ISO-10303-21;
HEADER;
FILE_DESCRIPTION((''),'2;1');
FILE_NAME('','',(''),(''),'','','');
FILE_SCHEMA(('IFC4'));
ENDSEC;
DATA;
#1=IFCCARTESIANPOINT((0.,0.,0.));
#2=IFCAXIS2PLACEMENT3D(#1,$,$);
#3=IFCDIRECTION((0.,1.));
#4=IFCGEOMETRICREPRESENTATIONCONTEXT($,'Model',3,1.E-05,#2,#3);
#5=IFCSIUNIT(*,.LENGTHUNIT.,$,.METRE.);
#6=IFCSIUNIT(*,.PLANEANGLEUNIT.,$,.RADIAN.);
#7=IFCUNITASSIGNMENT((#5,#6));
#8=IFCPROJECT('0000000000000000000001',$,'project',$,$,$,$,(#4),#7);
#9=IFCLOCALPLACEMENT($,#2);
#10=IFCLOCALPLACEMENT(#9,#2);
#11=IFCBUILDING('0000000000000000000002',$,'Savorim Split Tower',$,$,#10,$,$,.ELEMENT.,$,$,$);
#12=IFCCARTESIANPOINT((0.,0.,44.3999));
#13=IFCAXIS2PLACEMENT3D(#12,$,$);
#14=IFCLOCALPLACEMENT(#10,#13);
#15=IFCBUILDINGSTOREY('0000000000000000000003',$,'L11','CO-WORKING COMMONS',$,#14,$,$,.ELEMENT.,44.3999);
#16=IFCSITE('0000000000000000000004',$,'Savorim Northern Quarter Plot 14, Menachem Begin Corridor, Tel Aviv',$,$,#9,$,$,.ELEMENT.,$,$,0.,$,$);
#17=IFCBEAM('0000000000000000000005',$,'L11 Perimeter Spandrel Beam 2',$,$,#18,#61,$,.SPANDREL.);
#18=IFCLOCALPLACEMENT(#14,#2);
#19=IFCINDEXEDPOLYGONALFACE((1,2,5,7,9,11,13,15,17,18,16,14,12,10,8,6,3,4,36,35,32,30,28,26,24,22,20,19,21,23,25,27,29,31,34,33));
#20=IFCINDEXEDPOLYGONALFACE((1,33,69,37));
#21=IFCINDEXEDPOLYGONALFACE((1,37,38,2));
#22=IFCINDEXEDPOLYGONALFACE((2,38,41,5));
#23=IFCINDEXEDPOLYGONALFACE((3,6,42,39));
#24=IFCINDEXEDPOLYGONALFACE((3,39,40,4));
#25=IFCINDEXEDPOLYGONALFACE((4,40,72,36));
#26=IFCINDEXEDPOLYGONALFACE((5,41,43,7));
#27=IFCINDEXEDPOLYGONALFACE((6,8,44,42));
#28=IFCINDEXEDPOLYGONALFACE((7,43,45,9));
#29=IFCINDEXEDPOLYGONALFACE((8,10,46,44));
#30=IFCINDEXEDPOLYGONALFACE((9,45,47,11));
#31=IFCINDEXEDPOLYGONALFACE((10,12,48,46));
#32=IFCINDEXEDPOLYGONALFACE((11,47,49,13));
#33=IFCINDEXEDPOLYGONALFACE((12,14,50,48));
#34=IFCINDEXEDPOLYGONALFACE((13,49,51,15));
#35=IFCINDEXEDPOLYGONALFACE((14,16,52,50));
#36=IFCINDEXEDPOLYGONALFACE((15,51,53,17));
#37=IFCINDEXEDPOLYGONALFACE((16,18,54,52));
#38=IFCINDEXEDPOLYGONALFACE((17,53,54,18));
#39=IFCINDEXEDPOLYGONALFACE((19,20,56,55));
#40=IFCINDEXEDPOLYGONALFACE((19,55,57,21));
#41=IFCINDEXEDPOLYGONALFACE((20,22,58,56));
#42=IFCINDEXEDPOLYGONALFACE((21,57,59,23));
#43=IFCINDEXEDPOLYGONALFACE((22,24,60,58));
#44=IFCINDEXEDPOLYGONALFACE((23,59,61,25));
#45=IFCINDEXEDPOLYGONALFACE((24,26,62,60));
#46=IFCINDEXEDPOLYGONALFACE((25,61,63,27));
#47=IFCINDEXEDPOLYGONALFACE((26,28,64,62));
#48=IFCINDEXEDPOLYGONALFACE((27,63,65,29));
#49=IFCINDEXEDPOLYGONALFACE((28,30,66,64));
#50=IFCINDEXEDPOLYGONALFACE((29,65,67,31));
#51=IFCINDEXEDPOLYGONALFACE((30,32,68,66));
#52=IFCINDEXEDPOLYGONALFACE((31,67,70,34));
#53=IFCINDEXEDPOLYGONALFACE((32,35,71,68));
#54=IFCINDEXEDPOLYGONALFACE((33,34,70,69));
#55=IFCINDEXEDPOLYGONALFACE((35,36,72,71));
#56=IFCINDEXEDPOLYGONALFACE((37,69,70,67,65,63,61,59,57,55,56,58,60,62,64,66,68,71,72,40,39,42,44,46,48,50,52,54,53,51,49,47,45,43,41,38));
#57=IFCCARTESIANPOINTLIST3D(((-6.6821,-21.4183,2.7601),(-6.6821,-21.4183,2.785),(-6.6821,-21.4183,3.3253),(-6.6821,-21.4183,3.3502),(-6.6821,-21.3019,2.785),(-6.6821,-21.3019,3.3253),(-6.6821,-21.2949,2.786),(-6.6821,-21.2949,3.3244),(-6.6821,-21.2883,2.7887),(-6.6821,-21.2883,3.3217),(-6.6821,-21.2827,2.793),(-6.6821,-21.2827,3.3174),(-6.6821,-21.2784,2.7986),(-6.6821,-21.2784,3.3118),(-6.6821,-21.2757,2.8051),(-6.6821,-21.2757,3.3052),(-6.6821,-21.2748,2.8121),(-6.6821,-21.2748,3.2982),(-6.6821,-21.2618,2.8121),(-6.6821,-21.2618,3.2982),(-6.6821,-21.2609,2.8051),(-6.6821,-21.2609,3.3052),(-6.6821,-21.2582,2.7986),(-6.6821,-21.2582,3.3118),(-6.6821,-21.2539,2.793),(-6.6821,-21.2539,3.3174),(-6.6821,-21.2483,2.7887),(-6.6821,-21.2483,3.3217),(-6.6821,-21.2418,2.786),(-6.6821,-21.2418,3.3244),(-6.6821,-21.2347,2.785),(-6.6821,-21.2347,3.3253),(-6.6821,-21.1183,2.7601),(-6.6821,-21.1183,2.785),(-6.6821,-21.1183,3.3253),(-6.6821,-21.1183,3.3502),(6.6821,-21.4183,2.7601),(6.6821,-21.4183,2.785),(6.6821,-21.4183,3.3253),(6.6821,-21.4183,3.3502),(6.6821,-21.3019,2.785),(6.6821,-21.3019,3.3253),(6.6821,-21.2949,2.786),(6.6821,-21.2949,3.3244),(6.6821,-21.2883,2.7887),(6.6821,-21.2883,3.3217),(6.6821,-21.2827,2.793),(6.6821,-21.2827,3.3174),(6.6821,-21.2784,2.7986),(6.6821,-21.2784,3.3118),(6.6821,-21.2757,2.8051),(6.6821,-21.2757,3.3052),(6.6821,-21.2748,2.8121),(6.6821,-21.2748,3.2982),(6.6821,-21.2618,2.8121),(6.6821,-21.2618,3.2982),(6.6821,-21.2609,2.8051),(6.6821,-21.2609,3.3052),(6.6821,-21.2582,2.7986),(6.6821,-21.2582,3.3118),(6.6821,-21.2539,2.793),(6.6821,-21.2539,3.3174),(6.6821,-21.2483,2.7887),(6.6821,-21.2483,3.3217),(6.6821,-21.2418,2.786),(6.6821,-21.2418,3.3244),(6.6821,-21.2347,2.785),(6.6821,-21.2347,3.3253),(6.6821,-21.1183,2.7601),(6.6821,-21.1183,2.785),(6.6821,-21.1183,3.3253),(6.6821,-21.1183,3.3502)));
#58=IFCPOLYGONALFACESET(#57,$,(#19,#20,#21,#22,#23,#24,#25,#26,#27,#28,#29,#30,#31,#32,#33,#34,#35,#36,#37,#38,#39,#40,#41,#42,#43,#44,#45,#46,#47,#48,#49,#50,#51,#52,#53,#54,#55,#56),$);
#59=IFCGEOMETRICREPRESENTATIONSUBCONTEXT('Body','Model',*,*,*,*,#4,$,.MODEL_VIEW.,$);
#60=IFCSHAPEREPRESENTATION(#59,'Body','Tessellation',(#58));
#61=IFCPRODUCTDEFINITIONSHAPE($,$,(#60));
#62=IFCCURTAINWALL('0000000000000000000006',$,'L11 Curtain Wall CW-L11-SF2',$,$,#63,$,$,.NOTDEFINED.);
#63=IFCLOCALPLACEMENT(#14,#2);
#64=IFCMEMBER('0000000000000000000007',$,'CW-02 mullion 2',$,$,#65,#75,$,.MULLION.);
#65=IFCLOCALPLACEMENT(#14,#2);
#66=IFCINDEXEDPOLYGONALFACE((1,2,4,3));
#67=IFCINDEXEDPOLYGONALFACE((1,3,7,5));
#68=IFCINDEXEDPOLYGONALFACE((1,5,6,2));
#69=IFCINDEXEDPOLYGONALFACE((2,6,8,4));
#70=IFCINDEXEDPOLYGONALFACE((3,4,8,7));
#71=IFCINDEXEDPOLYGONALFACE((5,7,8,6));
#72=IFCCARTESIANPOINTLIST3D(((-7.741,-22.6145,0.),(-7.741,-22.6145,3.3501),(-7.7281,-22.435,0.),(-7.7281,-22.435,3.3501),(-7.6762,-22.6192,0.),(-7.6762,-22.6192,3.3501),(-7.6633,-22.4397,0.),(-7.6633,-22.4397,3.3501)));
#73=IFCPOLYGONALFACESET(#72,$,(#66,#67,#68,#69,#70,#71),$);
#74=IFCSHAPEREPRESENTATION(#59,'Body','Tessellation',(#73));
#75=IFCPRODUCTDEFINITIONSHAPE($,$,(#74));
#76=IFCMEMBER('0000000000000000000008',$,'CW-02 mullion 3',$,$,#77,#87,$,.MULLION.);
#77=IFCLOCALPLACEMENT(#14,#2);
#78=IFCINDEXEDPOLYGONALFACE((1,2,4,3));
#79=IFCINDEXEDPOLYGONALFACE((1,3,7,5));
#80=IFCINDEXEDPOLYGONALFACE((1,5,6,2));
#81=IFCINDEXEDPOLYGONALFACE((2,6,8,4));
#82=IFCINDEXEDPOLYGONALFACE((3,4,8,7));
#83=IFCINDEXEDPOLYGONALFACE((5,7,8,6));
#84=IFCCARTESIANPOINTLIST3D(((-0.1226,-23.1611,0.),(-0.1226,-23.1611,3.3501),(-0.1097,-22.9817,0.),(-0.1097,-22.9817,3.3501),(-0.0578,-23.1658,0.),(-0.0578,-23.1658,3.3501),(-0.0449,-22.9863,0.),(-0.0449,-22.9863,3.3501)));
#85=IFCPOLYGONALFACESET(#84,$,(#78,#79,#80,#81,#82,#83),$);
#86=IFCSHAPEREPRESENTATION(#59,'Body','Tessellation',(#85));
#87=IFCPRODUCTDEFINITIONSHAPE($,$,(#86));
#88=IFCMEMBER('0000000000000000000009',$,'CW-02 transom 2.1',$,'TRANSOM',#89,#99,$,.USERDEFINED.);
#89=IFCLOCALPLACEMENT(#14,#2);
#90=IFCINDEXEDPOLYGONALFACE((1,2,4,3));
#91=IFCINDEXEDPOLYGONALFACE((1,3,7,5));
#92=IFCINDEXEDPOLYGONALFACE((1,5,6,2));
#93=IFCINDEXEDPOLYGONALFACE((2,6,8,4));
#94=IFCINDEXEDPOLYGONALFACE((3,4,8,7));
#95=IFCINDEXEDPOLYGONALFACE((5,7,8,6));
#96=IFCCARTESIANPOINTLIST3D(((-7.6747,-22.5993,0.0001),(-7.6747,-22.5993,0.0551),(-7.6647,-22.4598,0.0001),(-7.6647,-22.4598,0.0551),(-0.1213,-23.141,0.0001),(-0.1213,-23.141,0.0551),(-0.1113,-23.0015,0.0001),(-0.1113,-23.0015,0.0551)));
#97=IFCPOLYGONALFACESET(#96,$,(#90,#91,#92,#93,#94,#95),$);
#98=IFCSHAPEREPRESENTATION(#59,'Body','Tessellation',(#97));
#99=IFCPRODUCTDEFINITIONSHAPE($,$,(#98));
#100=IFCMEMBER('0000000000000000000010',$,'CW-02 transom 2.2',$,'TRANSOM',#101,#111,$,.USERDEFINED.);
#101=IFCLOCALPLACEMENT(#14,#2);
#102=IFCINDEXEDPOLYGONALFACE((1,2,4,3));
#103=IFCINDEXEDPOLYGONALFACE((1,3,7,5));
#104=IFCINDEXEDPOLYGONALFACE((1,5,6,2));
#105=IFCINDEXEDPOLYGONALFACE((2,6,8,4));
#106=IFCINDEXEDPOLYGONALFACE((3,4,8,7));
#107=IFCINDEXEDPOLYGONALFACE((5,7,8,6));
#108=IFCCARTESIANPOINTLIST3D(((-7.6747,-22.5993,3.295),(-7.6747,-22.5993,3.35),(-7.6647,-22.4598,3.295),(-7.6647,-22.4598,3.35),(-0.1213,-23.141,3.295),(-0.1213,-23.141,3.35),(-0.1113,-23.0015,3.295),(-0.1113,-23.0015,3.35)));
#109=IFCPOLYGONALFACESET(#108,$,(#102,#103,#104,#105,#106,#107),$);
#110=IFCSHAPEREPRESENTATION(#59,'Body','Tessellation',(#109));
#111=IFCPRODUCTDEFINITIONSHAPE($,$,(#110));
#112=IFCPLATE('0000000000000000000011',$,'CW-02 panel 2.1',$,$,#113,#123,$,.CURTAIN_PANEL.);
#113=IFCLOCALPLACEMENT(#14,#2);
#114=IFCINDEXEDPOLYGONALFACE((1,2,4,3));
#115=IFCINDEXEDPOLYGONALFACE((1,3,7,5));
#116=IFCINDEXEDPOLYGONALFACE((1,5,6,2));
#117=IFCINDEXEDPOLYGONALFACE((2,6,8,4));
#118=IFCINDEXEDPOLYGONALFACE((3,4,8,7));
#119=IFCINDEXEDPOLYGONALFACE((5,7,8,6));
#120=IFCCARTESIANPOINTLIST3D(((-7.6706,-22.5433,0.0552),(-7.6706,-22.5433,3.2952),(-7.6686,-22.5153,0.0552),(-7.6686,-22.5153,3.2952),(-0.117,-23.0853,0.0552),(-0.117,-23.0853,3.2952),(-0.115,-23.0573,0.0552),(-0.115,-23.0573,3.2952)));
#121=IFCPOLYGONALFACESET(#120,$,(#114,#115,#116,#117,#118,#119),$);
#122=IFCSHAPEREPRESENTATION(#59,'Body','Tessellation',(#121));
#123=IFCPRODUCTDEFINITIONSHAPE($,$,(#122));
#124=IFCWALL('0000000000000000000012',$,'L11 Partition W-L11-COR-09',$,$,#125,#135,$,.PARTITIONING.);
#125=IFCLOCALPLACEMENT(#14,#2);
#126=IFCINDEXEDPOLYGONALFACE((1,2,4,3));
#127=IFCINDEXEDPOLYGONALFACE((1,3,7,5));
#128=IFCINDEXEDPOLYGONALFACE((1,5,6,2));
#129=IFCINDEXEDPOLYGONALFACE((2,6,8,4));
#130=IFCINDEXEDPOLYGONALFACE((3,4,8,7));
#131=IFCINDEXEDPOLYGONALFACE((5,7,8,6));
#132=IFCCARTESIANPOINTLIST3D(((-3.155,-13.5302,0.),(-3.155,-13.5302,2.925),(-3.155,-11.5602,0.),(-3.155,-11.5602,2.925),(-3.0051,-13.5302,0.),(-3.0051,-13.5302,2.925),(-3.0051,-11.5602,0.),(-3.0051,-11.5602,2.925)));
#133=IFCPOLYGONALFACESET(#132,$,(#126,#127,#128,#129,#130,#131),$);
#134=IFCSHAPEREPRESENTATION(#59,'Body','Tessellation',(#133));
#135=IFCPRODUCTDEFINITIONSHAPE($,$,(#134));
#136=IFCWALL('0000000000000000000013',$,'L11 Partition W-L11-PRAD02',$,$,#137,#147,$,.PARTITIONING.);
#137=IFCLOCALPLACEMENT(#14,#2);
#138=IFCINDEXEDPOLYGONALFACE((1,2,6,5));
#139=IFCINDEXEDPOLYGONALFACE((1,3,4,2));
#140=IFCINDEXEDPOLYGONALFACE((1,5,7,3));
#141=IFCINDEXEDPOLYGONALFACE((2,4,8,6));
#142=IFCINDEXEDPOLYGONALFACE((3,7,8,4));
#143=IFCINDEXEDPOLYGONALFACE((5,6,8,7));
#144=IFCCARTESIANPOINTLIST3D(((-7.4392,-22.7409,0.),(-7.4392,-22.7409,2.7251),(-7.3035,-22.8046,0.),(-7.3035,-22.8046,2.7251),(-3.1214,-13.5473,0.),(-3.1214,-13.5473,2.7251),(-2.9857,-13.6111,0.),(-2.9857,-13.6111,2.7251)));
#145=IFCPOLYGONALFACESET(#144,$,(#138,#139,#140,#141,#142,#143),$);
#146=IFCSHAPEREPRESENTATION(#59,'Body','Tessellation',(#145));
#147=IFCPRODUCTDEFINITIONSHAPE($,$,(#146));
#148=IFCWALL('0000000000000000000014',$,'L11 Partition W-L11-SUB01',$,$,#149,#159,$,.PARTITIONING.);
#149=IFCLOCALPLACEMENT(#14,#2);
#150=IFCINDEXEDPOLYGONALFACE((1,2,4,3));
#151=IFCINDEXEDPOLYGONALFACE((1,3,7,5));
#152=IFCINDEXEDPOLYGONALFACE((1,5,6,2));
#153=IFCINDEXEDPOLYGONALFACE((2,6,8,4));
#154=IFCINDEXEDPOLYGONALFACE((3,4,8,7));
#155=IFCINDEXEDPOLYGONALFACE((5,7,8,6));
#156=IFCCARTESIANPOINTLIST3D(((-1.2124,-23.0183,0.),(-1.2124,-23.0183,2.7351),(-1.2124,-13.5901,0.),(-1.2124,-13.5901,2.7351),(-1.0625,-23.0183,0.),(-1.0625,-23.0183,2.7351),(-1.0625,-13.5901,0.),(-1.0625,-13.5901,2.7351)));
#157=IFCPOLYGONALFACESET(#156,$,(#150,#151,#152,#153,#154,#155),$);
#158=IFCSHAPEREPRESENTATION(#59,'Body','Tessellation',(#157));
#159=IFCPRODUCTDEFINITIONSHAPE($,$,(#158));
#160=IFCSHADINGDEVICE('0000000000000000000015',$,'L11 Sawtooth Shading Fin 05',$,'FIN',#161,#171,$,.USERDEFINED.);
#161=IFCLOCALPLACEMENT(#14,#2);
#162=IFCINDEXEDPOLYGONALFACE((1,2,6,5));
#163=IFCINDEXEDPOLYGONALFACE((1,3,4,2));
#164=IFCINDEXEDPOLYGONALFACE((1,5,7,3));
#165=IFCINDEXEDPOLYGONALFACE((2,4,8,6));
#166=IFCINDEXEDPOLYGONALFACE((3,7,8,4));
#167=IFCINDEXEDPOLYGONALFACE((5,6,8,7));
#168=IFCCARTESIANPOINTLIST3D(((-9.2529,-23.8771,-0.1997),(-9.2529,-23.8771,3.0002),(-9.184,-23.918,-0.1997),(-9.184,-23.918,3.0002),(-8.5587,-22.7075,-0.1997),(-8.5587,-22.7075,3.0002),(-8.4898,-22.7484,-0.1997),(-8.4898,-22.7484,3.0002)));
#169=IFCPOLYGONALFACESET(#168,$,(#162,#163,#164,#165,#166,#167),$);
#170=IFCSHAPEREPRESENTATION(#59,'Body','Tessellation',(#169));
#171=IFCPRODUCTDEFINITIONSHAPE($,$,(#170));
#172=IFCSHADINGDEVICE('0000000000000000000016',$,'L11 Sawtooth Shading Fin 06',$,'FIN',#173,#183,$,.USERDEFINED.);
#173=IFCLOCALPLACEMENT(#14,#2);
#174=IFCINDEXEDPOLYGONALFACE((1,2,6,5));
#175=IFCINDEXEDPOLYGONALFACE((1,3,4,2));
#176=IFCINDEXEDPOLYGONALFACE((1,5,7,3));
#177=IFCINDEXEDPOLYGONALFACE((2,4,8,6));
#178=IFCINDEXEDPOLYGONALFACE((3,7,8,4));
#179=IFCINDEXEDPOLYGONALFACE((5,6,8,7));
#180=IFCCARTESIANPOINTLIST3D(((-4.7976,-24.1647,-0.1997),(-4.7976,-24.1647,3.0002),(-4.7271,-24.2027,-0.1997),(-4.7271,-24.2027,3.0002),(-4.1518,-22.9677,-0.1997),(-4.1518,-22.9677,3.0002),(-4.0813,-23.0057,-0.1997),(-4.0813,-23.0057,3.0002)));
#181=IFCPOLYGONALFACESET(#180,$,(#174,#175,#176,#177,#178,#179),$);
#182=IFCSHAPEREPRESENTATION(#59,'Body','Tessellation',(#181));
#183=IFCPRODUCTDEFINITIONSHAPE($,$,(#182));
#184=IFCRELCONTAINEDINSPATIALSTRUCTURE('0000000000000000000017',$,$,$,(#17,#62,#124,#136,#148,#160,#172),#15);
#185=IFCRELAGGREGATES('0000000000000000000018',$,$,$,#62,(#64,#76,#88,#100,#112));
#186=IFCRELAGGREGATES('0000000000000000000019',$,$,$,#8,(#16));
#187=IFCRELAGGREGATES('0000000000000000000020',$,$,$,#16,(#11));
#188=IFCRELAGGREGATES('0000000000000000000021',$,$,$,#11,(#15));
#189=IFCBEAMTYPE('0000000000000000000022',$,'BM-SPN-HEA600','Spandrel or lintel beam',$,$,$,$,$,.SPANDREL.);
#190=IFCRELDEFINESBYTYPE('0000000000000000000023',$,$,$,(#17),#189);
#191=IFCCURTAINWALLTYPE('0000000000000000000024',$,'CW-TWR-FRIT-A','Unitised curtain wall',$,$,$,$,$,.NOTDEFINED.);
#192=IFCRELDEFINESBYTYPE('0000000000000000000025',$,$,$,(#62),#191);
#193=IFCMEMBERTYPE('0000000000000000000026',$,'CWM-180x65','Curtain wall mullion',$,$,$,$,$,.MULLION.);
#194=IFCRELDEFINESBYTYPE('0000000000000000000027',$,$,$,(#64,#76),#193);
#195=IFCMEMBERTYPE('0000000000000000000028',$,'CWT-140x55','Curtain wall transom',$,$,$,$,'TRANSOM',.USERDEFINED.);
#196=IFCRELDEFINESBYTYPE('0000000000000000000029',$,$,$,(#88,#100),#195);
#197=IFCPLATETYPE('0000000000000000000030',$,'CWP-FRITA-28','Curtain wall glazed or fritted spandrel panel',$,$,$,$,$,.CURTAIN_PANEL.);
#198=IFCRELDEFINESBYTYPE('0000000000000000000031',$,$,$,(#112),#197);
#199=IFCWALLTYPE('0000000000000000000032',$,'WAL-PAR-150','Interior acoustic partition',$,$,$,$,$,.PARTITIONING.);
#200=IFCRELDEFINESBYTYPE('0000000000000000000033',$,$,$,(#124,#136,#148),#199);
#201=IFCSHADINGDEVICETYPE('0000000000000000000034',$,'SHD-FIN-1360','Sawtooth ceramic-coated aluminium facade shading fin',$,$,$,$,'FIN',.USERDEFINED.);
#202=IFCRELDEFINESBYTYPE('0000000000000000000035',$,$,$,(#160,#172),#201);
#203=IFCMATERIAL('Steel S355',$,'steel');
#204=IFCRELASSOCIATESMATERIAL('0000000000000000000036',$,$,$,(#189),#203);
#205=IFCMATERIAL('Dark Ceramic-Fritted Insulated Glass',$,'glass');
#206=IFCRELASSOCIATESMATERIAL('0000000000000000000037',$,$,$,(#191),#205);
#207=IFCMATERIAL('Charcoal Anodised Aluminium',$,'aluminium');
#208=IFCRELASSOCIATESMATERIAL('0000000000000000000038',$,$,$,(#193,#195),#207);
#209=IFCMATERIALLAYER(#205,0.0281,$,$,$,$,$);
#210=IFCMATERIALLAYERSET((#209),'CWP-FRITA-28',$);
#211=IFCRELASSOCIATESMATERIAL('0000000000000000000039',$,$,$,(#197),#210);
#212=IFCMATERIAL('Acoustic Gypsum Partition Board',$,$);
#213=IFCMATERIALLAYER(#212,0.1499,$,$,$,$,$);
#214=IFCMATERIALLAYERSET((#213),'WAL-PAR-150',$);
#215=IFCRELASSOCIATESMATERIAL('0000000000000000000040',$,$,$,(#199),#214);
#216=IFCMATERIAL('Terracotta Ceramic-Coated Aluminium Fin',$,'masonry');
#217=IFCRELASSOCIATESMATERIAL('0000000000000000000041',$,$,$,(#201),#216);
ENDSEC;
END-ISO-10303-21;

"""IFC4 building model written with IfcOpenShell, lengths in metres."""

from ifc_helpers import new_model, si_unit, direction, frame, frame_2d, origin, origin_2d, place, context, subcontext, project, spatial, rectangle, i_section, extrude, material, layer, layer_set, material_profile, profile_set, type_object, element, aggregate, save


model = new_model("IFC4")

# Units and contexts
model_context = context("Model", 3, precision=1e-05, world=origin(), true_north=direction((0.0, 1.0)))
body_context = subcontext(model_context, "Body", "Model", "MODEL_VIEW")
ifc_project = project(units=[si_unit("LENGTHUNIT", "METRE"), si_unit("PLANEANGLEUNIT", "RADIAN")], contexts=[model_context])

# Site, building, storey
site_placement = place(None, origin())
site = spatial("IfcSite", under=ifc_project, at=site_placement, Name="Savorim Northern Quarter Plot 14, Menachem Begin Corridor, Tel Aviv", CompositionType="ELEMENT", RefElevation=0.0)
building_placement = place(site_placement, origin())
building = spatial("IfcBuilding", under=site, at=building_placement, Name="Savorim Split Tower", CompositionType="ELEMENT")
storey_placement = place(building_placement, frame((0.0, 0.0, 44.3999)))
storey = spatial("IfcBuildingStorey", under=building, at=storey_placement, Name="L11", Description="CO-WORKING COMMONS", CompositionType="ELEMENT", Elevation=44.3999)

# Beam
ifc_material_1 = material(Name="Steel S355", Category="steel")
ifc_material_profile_1 = material_profile(ifc_material_1, i_section(OverallWidth=0.3, OverallDepth=0.5901, WebThickness=0.0129, FlangeThickness=0.0249, FilletRadius=0.0271, at=origin_2d()), Name="HEA 600")
ifc_profile_set_1 = profile_set([ifc_material_profile_1], Name="Steel S355")
beam_type_1 = type_object("IfcBeamType", Name="BM-SPN-HEA600", Description="Spandrel or lintel beam", PredefinedType="SPANDREL", material=ifc_profile_set_1)
beam_1_placement = place(storey_placement, frame((-6.6821, -21.2683, 3.0552), z_axis=(1.0, 0.0, 0.0), x_axis=(0.0, 1.0, 0.0)))
element("IfcBeam", 1, at=beam_1_placement, inside=storey, type_object=beam_type_1, Name="L11 Perimeter Spandrel Beam 2", PredefinedType="SPANDREL", context=body_context, shape_type="SweptSolid", body=[
    extrude(i_section(OverallWidth=0.3, OverallDepth=0.5901, WebThickness=0.0129, FlangeThickness=0.0249, FilletRadius=0.0271, at=origin_2d()), origin(), (0.0, 0.0, 1.0), 13.3643),
])

# Curtain wall, members, plate
ifc_material_2 = material(Name="Dark Ceramic-Fritted Insulated Glass", Category="glass")
curtain_wall_type = type_object("IfcCurtainWallType", Name="CW-TWR-FRIT-A", Description="Unitised curtain wall", PredefinedType="NOTDEFINED", material=ifc_material_2)
curtain_wall_placement = place(storey_placement, origin())
curtain_wall = element("IfcCurtainWall", 2, at=curtain_wall_placement, inside=storey, type_object=curtain_wall_type, Name="L11 Curtain Wall CW-L11-SF2", PredefinedType="NOTDEFINED")
ifc_material_3 = material(Name="Charcoal Anodised Aluminium", Category="aluminium")
ifc_material_profile_2 = material_profile(ifc_material_3, rectangle(XDim=0.1799, YDim=0.0649, at=origin_2d()), Name="ALU-M 180x65")
ifc_profile_set_2 = profile_set([ifc_material_profile_2], Name="Charcoal Anodised Aluminium")
member_type_1 = type_object("IfcMemberType", Name="CWM-180x65", Description="Curtain wall mullion", PredefinedType="MULLION", material=ifc_profile_set_2)
member_1_placement = place(storey_placement, frame((-7.7021, -22.5271, 0.0), z_axis=(0.0, 0.0, 1.0), x_axis=(0.07156, 0.997436, 0.0)))
member_1 = element("IfcMember", 3, at=member_1_placement, type_object=member_type_1, Name="CW-02 mullion 2", PredefinedType="MULLION", context=body_context, shape_type="SweptSolid", body=[
    extrude(rectangle(XDim=0.1799, YDim=0.0649, at=origin_2d()), origin(), (0.0, 0.0, 1.0), 3.3501),
])
member_2_placement = place(storey_placement, frame((-0.0837, -23.0737, 0.0), z_axis=(0.0, 0.0, 1.0), x_axis=(0.07156, 0.997436, 0.0)))
member_2 = element("IfcMember", 4, at=member_2_placement, type_object=member_type_1, Name="CW-02 mullion 3", PredefinedType="MULLION", context=body_context, shape_type="SweptSolid", body=[
    extrude(rectangle(XDim=0.1799, YDim=0.0649, at=origin_2d()), origin(), (0.0, 0.0, 1.0), 3.3501),
])
ifc_material_profile_3 = material_profile(ifc_material_3, rectangle(XDim=0.1399, YDim=0.0549, at=origin_2d()), Name="ALU-T 140x55")
ifc_profile_set_3 = profile_set([ifc_material_profile_3], Name="Charcoal Anodised Aluminium")
member_type_2 = type_object("IfcMemberType", Name="CWT-140x55", Description="Curtain wall transom", ElementType="TRANSOM", PredefinedType="USERDEFINED", material=ifc_profile_set_3)
member_3_placement = place(storey_placement, frame((-7.6697, -22.5295, 0.0276), z_axis=(0.997438, -0.071538, 0.0), x_axis=(0.071538, 0.997438, 0.0)))
member_3 = element("IfcMember", 5, at=member_3_placement, type_object=member_type_2, Name="CW-02 transom 2.1", ObjectType="TRANSOM", PredefinedType="USERDEFINED", context=body_context, shape_type="SweptSolid", body=[
    extrude(rectangle(XDim=0.1399, YDim=0.0549, at=origin_2d()), origin(), (0.0, 0.0, 1.0), 7.5728),
])
member_4_placement = place(storey_placement, frame((-7.6697, -22.5295, 3.3225), z_axis=(0.997438, -0.071538, 0.0), x_axis=(0.071538, 0.997438, 0.0)))
member_4 = element("IfcMember", 6, at=member_4_placement, type_object=member_type_2, Name="CW-02 transom 2.2", ObjectType="TRANSOM", PredefinedType="USERDEFINED", context=body_context, shape_type="SweptSolid", body=[
    extrude(rectangle(XDim=0.1399, YDim=0.0549, at=origin_2d()), origin(), (0.0, 0.0, 1.0), 7.5728),
])
ifc_layer_1 = layer(ifc_material_2, 0.0281)
ifc_layer_set_1 = layer_set([ifc_layer_1], Name="CWP-FRITA-28")
plate_type = type_object("IfcPlateType", Name="CWP-FRITA-28", Description="Curtain wall glazed or fritted spandrel panel", PredefinedType="CURTAIN_PANEL", material=ifc_layer_set_1)
plate_placement = place(storey_placement, frame((-3.8928, -22.8003, 0.0552), z_axis=(0.0, 0.0, 1.0), x_axis=(0.997436, -0.07156, 0.0)))
plate = element("IfcPlate", 7, at=plate_placement, type_object=plate_type, Name="CW-02 panel 2.1", PredefinedType="CURTAIN_PANEL", context=body_context, shape_type="SweptSolid", body=[
    extrude(rectangle(XDim=7.573, YDim=0.0281, at=origin_2d()), origin(), (0.0, 0.0, 1.0), 3.24),
])
aggregate(curtain_wall, [member_1, member_2, member_3, member_4, plate])

# Walls
ifc_material_4 = material(Name="Acoustic Gypsum Partition Board")
ifc_layer_2 = layer(ifc_material_4, 0.1499)
ifc_layer_set_2 = layer_set([ifc_layer_2], Name="WAL-PAR-150")
wall_type = type_object("IfcWallType", Name="WAL-PAR-150", Description="Interior acoustic partition", PredefinedType="PARTITIONING", material=ifc_layer_set_2)
wall_1_placement = place(storey_placement, frame((-3.0801, -13.53, 0.0), z_axis=(0.0, 0.0, 1.0), x_axis=(0.0, 1.0, 0.0)))
element("IfcWall", 8, at=wall_1_placement, inside=storey, type_object=wall_type, Name="L11 Partition W-L11-COR-09", PredefinedType="PARTITIONING", context=body_context, shape_type="SweptSolid", body=[
    extrude(rectangle(XDim=1.97, YDim=0.1499, at=frame_2d((0.9849, 0.0))), origin(), (0.0, 0.0, 1.0), 2.925),
])
wall_2_placement = place(storey_placement, frame((-3.0535, -13.5791, 0.0), z_axis=(0.0, 0.0, 1.0), x_axis=(-0.425109, -0.905142, 0.0)))
element("IfcWall", 9, at=wall_2_placement, inside=storey, type_object=wall_type, Name="L11 Partition W-L11-PRAD02", PredefinedType="PARTITIONING", context=body_context, shape_type="SweptSolid", body=[
    extrude(rectangle(XDim=10.157, YDim=0.1499, at=frame_2d((5.0786, 0.0))), origin(), (0.0, 0.0, 1.0), 2.7251),
])
wall_3_placement = place(storey_placement, frame((-1.1375, -13.5901, 0.0), z_axis=(0.0, 0.0, 1.0), x_axis=(0.0, -1.0, 0.0)))
element("IfcWall", 10, at=wall_3_placement, inside=storey, type_object=wall_type, Name="L11 Partition W-L11-SUB01", PredefinedType="PARTITIONING", context=body_context, shape_type="SweptSolid", body=[
    extrude(rectangle(XDim=9.4282, YDim=0.1499, at=frame_2d((4.7141, 0.0))), origin(), (0.0, 0.0, 1.0), 2.7351),
])

# Shading devices
ifc_material_5 = material(Name="Terracotta Ceramic-Coated Aluminium Fin", Category="masonry")
shading_device_type = type_object("IfcShadingDeviceType", Name="SHD-FIN-1360", Description="Sawtooth ceramic-coated aluminium facade shading fin", ElementType="FIN", PredefinedType="USERDEFINED", material=ifc_material_5)
for number, where, z_axis, x_axis, name in (
    (11, (-8.8713, -23.3127, -0.1997), (0.0, 0.0, 1.0), (-0.510391, -0.859942, 0.0), "L11 Sawtooth Shading Fin 05"),
    (12, (-4.4395, -23.5852, -0.1997), (0.0, 0.0, 1.0), (-0.474778, -0.880106, 0.0), "L11 Sawtooth Shading Fin 06"),
):
    element("IfcShadingDevice", number, at=place(storey_placement, frame(where, z_axis=z_axis, x_axis=x_axis)), inside=storey, type_object=shading_device_type, Name=name, ObjectType="FIN", PredefinedType="USERDEFINED", context=body_context, shape_type="SweptSolid", body=[
        extrude(rectangle(XDim=1.3601, YDim=0.0801, at=origin_2d()), origin(), (0.0, 0.0, 1.0), 3.2),
    ])

save(model, "model.ifc")
